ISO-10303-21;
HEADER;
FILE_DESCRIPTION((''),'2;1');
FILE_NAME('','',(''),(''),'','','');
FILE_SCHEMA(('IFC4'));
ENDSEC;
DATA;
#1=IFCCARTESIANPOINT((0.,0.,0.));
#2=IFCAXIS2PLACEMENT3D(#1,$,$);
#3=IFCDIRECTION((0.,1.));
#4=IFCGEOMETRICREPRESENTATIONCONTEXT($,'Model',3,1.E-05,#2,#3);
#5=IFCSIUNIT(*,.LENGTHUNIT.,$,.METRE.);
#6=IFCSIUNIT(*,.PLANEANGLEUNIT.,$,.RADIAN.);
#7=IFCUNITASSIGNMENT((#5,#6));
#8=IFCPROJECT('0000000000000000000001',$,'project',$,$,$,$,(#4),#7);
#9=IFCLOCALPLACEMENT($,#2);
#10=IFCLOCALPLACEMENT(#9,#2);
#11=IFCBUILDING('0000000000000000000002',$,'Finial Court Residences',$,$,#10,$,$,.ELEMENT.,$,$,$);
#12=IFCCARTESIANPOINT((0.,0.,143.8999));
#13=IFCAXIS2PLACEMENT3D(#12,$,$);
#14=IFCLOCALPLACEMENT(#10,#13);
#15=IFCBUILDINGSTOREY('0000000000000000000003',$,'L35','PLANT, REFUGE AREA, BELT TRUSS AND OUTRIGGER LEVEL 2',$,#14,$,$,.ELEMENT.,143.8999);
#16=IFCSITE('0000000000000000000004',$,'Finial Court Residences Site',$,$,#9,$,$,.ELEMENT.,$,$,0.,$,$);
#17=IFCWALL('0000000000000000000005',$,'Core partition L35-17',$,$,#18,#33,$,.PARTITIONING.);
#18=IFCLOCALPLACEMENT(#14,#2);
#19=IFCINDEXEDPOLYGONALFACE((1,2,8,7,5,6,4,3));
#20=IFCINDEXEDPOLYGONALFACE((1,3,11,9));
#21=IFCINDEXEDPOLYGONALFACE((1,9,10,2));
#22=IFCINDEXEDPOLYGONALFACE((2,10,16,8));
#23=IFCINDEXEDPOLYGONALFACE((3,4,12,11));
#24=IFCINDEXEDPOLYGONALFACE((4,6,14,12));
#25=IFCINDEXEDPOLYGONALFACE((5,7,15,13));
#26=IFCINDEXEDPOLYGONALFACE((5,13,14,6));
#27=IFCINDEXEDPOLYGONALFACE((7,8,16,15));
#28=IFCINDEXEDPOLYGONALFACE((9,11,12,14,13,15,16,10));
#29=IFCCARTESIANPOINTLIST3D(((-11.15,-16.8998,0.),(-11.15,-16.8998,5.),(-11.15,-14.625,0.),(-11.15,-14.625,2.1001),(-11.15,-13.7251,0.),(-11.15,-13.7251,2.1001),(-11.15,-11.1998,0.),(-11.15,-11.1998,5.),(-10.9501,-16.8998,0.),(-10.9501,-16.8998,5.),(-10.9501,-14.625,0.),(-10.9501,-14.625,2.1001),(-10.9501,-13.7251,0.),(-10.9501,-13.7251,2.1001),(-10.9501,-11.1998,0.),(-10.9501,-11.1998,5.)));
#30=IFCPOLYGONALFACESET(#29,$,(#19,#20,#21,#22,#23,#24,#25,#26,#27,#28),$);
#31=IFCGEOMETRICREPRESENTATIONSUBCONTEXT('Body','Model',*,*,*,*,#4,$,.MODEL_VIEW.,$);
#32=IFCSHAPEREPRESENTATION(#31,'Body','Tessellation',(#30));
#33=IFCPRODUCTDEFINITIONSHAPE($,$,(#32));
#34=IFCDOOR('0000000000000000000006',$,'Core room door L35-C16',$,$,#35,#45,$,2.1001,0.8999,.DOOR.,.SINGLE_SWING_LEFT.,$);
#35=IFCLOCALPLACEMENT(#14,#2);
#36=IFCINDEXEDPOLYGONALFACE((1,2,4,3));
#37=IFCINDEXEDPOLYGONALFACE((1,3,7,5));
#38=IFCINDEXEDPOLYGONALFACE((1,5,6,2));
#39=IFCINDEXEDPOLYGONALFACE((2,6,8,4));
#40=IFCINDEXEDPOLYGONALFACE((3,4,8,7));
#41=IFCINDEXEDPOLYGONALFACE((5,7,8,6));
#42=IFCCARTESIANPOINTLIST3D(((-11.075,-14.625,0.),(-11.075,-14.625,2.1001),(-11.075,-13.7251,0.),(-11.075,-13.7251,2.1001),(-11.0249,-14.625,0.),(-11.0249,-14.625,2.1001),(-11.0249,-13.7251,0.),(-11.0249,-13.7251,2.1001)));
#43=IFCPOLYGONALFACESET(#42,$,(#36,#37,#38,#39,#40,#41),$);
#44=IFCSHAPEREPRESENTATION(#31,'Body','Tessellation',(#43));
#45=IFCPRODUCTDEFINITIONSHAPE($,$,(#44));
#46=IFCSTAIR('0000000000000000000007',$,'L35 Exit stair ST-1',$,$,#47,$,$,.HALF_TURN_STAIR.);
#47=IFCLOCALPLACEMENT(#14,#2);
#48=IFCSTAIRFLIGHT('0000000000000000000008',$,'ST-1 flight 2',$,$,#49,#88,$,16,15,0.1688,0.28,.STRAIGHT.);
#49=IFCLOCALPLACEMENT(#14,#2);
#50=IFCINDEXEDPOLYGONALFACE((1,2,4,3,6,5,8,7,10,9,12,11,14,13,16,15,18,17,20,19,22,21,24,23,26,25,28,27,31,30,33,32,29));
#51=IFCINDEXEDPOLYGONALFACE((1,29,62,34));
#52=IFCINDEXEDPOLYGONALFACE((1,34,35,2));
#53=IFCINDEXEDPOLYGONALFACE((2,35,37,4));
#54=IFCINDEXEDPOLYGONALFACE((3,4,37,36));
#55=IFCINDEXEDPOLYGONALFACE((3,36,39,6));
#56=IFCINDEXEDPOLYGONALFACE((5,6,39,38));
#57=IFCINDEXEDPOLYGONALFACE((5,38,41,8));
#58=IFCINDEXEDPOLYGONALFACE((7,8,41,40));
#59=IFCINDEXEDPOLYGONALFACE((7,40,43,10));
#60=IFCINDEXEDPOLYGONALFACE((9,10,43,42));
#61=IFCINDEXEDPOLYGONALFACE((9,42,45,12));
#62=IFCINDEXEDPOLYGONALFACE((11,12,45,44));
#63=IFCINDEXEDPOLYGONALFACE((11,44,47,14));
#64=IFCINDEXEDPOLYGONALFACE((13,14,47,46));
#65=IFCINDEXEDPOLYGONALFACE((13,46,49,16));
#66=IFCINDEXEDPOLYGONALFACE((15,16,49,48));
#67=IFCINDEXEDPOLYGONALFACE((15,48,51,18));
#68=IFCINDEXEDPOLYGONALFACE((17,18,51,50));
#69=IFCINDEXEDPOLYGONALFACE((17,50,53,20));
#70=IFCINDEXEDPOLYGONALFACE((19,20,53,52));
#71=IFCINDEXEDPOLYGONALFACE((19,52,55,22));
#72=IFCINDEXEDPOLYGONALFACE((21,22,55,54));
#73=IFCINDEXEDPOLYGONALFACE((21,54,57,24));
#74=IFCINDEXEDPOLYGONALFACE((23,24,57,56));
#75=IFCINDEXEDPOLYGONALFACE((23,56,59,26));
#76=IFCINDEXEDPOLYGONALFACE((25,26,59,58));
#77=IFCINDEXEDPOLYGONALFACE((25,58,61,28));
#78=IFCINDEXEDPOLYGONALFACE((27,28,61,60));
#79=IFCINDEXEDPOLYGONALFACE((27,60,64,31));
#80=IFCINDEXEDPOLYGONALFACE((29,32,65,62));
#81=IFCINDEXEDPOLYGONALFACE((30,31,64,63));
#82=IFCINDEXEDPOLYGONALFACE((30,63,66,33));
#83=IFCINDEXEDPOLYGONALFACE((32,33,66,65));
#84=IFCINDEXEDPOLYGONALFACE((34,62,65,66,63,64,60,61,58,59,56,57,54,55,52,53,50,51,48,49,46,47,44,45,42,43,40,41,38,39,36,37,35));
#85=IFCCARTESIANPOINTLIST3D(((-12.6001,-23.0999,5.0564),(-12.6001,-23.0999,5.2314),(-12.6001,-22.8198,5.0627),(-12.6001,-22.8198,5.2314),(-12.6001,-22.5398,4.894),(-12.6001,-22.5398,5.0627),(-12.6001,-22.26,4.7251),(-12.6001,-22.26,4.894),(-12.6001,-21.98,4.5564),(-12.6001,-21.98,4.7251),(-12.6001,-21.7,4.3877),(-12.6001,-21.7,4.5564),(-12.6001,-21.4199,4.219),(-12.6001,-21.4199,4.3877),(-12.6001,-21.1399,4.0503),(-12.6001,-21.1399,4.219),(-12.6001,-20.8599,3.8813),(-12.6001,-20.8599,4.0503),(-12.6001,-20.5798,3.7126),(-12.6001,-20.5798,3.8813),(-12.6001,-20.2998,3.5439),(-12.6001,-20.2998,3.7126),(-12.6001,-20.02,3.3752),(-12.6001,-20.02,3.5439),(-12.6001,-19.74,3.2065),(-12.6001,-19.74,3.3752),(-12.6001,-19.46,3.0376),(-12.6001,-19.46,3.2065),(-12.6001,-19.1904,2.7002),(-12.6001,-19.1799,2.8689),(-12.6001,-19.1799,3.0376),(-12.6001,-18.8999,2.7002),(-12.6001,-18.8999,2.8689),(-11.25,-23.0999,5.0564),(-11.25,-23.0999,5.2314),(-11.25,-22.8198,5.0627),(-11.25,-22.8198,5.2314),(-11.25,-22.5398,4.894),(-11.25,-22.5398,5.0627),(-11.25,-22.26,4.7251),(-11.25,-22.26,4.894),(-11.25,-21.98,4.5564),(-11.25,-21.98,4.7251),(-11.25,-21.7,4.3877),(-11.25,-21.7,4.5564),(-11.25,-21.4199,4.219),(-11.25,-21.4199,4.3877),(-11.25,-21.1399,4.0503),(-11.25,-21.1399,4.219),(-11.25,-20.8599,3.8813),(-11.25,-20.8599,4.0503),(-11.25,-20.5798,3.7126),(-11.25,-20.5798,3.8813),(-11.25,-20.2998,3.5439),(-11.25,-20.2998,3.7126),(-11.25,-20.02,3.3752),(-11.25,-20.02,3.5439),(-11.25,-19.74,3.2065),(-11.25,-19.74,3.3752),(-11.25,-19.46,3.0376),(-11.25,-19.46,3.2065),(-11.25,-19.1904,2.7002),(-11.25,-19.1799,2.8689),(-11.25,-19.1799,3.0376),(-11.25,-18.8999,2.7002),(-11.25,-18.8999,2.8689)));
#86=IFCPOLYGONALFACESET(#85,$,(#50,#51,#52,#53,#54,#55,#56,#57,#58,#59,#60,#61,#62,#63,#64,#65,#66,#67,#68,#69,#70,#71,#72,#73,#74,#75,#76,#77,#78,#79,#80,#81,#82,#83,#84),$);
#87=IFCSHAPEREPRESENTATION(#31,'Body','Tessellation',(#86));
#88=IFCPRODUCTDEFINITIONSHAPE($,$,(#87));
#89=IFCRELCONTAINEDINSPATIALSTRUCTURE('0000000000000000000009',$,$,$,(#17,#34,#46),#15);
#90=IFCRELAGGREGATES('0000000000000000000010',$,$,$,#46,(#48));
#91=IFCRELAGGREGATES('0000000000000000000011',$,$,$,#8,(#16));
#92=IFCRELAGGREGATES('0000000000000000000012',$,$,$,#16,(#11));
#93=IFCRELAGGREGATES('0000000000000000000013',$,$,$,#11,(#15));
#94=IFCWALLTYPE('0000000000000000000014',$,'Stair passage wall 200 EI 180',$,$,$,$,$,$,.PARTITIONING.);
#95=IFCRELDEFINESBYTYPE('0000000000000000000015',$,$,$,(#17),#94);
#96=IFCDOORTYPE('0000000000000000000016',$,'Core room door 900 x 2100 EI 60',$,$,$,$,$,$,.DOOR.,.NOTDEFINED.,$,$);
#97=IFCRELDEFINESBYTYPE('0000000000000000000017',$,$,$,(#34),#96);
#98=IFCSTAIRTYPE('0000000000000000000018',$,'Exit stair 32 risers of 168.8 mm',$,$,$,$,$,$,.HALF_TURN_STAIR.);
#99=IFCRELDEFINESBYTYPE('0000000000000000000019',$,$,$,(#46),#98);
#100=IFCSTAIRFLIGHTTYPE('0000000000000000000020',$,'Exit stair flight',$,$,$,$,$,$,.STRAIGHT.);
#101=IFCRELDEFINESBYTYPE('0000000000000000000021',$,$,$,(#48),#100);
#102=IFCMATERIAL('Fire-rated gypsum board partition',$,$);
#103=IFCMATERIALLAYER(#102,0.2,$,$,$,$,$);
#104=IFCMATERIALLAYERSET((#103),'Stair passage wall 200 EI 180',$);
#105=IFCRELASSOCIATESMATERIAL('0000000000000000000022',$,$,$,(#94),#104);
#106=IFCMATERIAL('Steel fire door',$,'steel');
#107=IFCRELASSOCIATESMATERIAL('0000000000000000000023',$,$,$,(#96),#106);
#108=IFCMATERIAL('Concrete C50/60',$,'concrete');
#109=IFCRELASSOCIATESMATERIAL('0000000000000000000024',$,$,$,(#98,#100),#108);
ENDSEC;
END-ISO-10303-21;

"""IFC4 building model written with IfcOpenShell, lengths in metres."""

from ifc_helpers import new_model, si_unit, direction, frame, frame_2d, origin, place, context, subcontext, project, spatial, polyline, rectangle, outline, extrude, material, layer, layer_set, type_object, element, fill, aggregate, save


model = new_model("IFC4")

# Units and contexts
model_context = context("Model", 3, precision=1e-05, world=origin(), true_north=direction((0.0, 1.0)))
body_context = subcontext(model_context, "Body", "Model", "MODEL_VIEW")
ifc_project = project(units=[si_unit("LENGTHUNIT", "METRE"), si_unit("PLANEANGLEUNIT", "RADIAN")], contexts=[model_context])

# Site, building, storey
site_placement = place(None, origin())
site = spatial("IfcSite", under=ifc_project, at=site_placement, Name="Finial Court Residences Site", CompositionType="ELEMENT", RefElevation=0.0)
building_placement = place(site_placement, origin())
building = spatial("IfcBuilding", under=site, at=building_placement, Name="Finial Court Residences", CompositionType="ELEMENT")
storey_placement = place(building_placement, frame((0.0, 0.0, 143.8999)))
storey = spatial("IfcBuildingStorey", under=building, at=storey_placement, Name="L35", Description="PLANT, REFUGE AREA, BELT TRUSS AND OUTRIGGER LEVEL 2", CompositionType="ELEMENT", Elevation=143.8999)

# Shared definitions
ifc_material_1 = material(Name="Steel fire door", Category="steel")

# Shared definitions
ifc_material_2 = material(Name="Fire-rated gypsum board partition")

# Wall, opening, door
ifc_layer_1 = layer(ifc_material_2, 0.2)
ifc_layer_set_1 = layer_set([ifc_layer_1], Name="Stair passage wall 200 EI 180")
wall_type_1 = type_object("IfcWallType", Name="Stair passage wall 200 EI 180", PredefinedType="PARTITIONING", material=ifc_layer_set_1)
wall_1_placement = place(storey_placement, frame((-11.05, -16.8999, 0.0), z_axis=(0.0, 0.0, 1.0), x_axis=(0.0, 1.0, 0.0)))
wall_1 = element("IfcWall", 1, at=wall_1_placement, inside=storey, type_object=wall_type_1, Name="Core partition L35-17", PredefinedType="PARTITIONING", context=body_context, shape_type="SweptSolid", body=[
    extrude(rectangle(XDim=5.7, YDim=0.2, at=frame_2d((2.8501, 0.0))), origin(), (0.0, 0.0, 1.0), 5.0),
])
opening_1_placement = place(wall_1_placement, frame((2.2749, 0.0, 0.0)))
opening_1 = element("IfcOpeningElement", 2, at=opening_1_placement, cuts=wall_1, PredefinedType="OPENING", context=body_context, shape_type="SweptSolid", body=[
    extrude(rectangle(XDim=0.8999, YDim=2.1001, at=frame_2d((0.45, 1.05))), frame((0.0, 0.1099, 0.0), z_axis=(0.0, -1.0, 0.0), x_axis=(1.0, 0.0, 0.0)), (0.0, 0.0, 1.0), 0.22),
])
door_type_1 = type_object("IfcDoorType", Name="Core room door 900 x 2100 EI 60", OperationType="NOTDEFINED", PredefinedType="DOOR", material=ifc_material_1)
door_1_placement = place(opening_1_placement, origin())
door_1 = element("IfcDoor", 3, at=door_1_placement, inside=storey, type_object=door_type_1, Name="Core room door L35-C16", OperationType="SINGLE_SWING_LEFT", OverallHeight=2.1001, OverallWidth=0.8999, PredefinedType="DOOR", context=body_context, shape_type="SweptSolid", body=[
    extrude(rectangle(XDim=0.8999, YDim=2.1001, at=frame_2d((0.45, 1.05))), frame((0.0, 0.0249, 0.0), z_axis=(0.0, -1.0, 0.0), x_axis=(1.0, 0.0, 0.0)), (0.0, 0.0, 1.0), 0.05),
])
fill(opening_1, door_1)

# Stair, stair flight
ifc_material_3 = material(Name="Concrete C50/60", Category="concrete")
stair_type = type_object("IfcStairType", Name="Exit stair 32 risers of 168.8 mm", PredefinedType="HALF_TURN_STAIR", material=ifc_material_3)
stair_placement = place(storey_placement, origin())
stair = element("IfcStair", 4, at=stair_placement, inside=storey, type_object=stair_type, Name="L35 Exit stair ST-1", PredefinedType="HALF_TURN_STAIR")
stair_flight_type = type_object("IfcStairFlightType", Name="Exit stair flight", PredefinedType="STRAIGHT", material=ifc_material_3)
stair_flight_placement = place(storey_placement, frame((-11.925, -18.8999, 2.7002), z_axis=(0.0, 0.0, 1.0), x_axis=(0.0, -1.0, 0.0)))
stair_flight = element("IfcStairFlight", 5, at=stair_flight_placement, type_object=stair_flight_type, Name="ST-1 flight 2", NumberOfRisers=16, NumberOfTreads=15, PredefinedType="STRAIGHT", RiserHeight=0.1688, TreadLength=0.28, context=body_context, shape_type="SweptSolid", body=[
    extrude(outline(polyline([(0.0, 0.0), (0.0, 0.1687), (0.28, 0.1687), (0.28, 0.3374), (0.5601, 0.3374), (0.5601, 0.5063), (0.8401, 0.5063), (0.8401, 0.675), (1.1201, 0.675), (1.1201, 0.8438), (1.3999, 0.8438), (1.3999, 1.0125), (1.6799, 1.0125), (1.6799, 1.1812), (1.96, 1.1812), (1.96, 1.3501), (2.24, 1.3501), (2.24, 1.5188), (2.52, 1.5188), (2.52, 1.6875), (2.8, 1.6875), (2.8, 1.8562), (3.0801, 1.8562), (3.0801, 2.0249), (3.3601, 2.0249), (3.3601, 2.1938), (3.6399, 2.1938), (3.6399, 2.3625), (3.9199, 2.3625), (3.9199, 2.5312), (4.2, 2.5312), (4.2, 2.7), (4.2, 2.3562), (0.2905, 0.0), (0.0, 0.0)])), frame((0.0, 0.675, 0.0), z_axis=(0.0, -1.0, 0.0), x_axis=(1.0, 0.0, 0.0)), (0.0, 0.0, 1.0), 1.3501),
])
aggregate(stair, [stair_flight])

save(model, "model.ifc")
